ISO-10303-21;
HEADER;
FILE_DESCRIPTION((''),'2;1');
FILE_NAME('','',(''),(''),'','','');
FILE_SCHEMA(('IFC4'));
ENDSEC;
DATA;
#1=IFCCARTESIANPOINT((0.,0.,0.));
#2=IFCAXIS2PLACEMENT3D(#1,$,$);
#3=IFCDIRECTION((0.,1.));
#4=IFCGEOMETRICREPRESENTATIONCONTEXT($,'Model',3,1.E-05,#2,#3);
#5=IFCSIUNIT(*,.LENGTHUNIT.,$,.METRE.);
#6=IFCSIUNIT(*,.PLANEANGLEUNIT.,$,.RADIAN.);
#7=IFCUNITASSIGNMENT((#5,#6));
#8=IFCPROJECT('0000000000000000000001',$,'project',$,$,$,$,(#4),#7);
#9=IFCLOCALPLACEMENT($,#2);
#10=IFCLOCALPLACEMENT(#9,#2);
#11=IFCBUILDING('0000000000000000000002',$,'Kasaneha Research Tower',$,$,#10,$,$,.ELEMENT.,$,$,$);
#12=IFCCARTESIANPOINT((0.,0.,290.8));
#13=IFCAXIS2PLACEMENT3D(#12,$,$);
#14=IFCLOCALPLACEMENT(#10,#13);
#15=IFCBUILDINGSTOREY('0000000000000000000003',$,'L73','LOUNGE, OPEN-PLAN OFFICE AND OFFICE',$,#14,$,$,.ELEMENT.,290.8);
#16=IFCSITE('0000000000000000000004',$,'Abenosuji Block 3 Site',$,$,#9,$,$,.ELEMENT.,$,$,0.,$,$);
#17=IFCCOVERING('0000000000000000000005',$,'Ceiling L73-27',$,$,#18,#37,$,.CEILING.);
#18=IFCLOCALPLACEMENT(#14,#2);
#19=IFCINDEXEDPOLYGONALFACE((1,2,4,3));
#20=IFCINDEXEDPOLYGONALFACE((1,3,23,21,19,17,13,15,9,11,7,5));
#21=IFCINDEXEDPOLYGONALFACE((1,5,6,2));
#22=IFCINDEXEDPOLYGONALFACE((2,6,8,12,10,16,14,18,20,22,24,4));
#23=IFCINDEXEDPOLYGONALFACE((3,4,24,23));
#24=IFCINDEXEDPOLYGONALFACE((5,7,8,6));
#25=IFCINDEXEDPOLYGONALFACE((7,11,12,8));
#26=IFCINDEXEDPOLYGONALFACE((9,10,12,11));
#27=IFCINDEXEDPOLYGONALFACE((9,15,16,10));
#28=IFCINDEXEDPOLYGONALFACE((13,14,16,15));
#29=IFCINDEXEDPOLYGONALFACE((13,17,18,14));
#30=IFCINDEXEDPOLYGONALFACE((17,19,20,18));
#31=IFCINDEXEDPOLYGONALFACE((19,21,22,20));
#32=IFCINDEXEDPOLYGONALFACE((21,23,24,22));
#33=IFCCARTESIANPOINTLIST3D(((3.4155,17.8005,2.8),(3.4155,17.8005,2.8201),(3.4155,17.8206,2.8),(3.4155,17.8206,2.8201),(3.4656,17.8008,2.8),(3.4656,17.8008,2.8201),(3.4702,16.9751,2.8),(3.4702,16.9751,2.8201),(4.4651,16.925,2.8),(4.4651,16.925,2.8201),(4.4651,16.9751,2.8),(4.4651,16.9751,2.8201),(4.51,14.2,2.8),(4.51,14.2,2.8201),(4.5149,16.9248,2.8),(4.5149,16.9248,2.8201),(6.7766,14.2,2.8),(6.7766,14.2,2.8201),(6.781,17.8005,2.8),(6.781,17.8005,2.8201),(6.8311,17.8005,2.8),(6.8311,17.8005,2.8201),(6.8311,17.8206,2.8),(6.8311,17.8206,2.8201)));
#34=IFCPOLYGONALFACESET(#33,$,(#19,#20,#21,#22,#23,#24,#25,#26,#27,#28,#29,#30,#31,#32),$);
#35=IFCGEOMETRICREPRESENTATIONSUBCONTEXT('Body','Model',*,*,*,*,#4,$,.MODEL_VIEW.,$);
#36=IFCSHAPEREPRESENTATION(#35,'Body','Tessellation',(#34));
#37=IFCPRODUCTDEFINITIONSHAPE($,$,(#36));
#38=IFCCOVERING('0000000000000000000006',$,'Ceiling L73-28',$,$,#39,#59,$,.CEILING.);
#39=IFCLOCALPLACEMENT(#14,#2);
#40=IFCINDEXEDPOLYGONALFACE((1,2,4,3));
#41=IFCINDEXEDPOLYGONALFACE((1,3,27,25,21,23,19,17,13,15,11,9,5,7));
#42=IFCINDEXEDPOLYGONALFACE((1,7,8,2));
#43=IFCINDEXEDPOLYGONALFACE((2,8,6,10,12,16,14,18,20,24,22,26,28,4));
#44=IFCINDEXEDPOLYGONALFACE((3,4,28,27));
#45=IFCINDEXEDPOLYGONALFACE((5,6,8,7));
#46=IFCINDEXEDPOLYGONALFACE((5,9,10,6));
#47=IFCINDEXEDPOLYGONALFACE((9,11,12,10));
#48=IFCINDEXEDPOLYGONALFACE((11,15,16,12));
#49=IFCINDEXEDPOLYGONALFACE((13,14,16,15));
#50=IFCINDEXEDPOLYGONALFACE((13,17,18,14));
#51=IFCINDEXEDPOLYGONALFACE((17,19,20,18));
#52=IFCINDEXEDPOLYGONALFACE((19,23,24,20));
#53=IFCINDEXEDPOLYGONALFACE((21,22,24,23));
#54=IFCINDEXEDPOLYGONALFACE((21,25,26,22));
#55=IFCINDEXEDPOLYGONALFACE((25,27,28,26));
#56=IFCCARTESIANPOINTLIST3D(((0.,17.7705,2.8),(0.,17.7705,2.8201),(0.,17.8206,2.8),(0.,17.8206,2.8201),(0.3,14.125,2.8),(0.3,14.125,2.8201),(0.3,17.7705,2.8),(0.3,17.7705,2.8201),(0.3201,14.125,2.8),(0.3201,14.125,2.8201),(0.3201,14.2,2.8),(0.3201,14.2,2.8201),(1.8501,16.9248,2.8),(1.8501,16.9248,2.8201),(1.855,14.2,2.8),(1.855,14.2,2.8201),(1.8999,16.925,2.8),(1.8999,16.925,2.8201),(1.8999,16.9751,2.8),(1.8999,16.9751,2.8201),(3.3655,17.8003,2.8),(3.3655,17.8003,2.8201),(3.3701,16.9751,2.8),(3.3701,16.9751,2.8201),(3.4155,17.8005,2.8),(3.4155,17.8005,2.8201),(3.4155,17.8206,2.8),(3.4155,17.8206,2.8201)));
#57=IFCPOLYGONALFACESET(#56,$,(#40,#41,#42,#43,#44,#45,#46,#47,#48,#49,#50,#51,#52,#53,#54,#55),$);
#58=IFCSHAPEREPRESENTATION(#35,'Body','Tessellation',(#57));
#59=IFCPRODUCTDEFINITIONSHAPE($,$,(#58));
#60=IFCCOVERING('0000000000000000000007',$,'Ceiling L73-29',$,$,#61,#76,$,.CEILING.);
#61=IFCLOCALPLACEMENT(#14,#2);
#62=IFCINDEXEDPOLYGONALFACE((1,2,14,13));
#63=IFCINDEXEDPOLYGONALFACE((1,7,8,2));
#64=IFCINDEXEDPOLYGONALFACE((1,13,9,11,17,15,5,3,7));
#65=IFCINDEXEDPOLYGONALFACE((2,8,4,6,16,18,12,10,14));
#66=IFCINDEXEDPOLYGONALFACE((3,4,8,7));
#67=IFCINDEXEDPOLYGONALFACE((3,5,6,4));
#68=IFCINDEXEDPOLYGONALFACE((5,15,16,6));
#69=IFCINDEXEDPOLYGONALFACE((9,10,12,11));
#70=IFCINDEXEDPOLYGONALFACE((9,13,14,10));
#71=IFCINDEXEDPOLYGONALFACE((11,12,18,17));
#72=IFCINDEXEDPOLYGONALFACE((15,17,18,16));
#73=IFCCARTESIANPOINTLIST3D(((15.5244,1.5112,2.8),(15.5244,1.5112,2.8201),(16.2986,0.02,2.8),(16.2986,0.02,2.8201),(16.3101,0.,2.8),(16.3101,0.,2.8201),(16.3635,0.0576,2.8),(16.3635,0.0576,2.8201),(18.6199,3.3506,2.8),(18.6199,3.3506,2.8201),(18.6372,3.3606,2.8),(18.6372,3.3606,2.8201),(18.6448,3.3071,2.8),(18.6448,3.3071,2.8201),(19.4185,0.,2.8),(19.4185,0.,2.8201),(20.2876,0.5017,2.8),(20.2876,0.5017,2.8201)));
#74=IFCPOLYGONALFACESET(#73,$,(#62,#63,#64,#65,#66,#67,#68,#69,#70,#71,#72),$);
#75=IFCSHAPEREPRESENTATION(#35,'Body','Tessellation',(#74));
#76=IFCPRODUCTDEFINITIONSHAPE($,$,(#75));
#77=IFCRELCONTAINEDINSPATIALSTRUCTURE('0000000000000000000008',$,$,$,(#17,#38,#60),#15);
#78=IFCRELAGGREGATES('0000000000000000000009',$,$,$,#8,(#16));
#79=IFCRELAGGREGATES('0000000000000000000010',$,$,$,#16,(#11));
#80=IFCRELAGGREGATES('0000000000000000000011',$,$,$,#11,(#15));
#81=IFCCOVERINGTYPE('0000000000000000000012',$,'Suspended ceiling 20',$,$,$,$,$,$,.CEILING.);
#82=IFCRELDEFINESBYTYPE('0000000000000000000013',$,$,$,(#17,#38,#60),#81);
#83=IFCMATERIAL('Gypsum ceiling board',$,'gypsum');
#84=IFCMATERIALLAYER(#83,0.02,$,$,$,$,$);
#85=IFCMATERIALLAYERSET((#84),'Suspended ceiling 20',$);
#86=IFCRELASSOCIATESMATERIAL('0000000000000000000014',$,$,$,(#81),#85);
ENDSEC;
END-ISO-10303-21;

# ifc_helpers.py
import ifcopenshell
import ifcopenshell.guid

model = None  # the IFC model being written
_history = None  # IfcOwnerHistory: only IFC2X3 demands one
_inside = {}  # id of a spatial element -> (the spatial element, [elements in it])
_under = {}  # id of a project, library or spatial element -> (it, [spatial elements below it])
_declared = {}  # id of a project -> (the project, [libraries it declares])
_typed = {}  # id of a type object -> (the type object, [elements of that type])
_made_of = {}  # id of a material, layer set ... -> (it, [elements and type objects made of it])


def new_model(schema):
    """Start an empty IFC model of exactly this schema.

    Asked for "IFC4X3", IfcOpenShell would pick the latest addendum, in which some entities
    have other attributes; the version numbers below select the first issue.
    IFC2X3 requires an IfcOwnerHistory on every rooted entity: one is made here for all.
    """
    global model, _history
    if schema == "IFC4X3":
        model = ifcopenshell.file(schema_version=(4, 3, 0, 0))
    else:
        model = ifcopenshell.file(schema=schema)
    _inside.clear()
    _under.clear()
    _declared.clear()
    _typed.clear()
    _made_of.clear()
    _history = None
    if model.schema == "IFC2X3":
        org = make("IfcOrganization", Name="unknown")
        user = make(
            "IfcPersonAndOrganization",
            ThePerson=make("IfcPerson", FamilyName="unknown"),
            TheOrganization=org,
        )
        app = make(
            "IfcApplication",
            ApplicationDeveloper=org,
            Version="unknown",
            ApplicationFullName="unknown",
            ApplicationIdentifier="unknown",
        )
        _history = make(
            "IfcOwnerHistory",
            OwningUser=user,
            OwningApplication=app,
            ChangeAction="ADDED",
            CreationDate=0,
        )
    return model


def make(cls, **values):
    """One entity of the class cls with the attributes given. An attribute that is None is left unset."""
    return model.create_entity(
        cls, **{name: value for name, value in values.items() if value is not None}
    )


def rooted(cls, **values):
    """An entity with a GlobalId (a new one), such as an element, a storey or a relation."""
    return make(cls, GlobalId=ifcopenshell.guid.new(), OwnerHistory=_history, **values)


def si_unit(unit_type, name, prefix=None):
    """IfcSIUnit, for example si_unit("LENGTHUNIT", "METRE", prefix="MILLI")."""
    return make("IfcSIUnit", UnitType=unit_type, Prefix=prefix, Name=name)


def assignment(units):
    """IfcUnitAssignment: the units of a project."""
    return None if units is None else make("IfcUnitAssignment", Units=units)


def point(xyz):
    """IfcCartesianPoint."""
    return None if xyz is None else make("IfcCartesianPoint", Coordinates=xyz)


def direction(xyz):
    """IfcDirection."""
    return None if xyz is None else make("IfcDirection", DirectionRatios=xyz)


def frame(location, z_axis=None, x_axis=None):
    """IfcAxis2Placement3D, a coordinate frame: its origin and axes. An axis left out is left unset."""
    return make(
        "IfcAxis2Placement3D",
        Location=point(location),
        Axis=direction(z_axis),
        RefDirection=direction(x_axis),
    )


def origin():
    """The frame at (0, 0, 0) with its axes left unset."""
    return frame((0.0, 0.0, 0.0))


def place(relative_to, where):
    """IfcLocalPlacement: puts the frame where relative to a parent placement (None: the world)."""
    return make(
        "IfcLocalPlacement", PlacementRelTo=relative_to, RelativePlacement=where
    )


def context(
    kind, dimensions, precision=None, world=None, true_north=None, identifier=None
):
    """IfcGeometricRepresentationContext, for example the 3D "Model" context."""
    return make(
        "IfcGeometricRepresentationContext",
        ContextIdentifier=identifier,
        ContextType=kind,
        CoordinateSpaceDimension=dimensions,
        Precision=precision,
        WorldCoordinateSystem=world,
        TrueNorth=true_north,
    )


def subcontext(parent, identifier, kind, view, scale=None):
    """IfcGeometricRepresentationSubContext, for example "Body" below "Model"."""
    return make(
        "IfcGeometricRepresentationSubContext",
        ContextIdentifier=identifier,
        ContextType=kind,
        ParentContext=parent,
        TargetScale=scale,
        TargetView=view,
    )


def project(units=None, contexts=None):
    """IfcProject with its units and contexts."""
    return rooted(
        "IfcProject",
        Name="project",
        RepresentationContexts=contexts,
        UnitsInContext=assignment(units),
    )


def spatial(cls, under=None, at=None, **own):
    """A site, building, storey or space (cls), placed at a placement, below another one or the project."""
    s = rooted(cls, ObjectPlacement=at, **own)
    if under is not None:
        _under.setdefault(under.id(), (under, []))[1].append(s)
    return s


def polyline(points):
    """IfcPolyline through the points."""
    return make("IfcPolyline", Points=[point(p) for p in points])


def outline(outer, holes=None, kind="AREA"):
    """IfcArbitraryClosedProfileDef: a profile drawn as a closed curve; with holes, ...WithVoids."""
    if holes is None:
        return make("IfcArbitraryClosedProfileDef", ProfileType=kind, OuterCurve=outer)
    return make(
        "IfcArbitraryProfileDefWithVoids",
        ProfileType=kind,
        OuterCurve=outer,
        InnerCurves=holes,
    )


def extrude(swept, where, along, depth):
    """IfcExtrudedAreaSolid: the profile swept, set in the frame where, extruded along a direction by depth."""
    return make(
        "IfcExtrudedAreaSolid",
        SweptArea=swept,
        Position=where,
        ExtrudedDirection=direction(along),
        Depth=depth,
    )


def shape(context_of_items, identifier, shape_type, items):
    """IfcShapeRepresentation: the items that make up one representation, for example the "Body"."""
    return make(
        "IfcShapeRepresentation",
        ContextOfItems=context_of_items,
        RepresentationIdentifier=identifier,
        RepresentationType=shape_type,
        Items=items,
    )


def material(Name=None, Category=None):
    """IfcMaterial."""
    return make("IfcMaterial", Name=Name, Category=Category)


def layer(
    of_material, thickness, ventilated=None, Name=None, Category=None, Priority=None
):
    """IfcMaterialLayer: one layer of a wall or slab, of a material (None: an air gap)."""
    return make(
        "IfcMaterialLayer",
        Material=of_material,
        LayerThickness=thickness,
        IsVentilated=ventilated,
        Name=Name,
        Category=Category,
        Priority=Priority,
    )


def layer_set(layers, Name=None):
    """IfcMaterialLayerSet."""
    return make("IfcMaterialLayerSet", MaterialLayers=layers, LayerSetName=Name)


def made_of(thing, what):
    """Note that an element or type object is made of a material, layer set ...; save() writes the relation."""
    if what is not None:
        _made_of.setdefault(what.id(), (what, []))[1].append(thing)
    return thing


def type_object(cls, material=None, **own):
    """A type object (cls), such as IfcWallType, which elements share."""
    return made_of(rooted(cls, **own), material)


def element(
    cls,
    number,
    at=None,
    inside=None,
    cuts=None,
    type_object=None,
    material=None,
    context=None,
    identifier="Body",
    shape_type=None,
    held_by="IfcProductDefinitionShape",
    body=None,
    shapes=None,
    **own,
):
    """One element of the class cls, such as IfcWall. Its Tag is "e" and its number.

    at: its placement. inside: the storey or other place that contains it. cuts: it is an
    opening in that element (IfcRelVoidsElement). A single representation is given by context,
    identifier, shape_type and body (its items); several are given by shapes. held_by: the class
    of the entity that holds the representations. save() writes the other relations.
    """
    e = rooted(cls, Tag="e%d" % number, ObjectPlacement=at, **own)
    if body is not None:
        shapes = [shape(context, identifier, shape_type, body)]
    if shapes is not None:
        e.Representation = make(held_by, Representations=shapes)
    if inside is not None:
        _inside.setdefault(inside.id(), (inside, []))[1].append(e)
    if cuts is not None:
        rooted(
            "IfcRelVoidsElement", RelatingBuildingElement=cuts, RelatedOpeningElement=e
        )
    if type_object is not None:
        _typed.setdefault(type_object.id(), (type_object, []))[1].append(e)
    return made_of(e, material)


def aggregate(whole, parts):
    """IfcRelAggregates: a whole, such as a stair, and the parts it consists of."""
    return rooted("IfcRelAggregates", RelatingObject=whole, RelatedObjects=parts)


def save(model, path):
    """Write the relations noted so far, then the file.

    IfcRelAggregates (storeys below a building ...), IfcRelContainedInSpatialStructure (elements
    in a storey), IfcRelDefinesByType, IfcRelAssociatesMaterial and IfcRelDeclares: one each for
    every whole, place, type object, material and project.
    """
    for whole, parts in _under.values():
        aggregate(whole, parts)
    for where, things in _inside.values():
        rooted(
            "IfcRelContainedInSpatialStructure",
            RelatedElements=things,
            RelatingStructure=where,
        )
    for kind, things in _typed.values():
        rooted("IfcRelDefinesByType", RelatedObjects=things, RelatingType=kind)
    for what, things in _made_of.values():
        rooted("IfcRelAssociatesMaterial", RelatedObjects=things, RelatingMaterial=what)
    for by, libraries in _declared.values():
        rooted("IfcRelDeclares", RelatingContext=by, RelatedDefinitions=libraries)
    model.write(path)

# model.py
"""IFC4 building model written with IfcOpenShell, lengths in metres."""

from ifc_helpers import new_model, si_unit, direction, frame, origin, place, context, subcontext, project, spatial, polyline, outline, extrude, material, layer, layer_set, type_object, element, save


model = new_model("IFC4")

# Units and contexts
model_context = context("Model", 3, precision=1e-05, world=origin(), true_north=direction((0.0, 1.0)))
body_context = subcontext(model_context, "Body", "Model", "MODEL_VIEW")
ifc_project = project(units=[si_unit("LENGTHUNIT", "METRE"), si_unit("PLANEANGLEUNIT", "RADIAN")], contexts=[model_context])

# Site, building, storey
site_placement = place(None, origin())
site = spatial("IfcSite", under=ifc_project, at=site_placement, Name="Abenosuji Block 3 Site", CompositionType="ELEMENT", RefElevation=0.0)
building_placement = place(site_placement, origin())
building = spatial("IfcBuilding", under=site, at=building_placement, Name="Kasaneha Research Tower", CompositionType="ELEMENT")
storey_placement = place(building_placement, frame((0.0, 0.0, 290.8)))
storey = spatial("IfcBuildingStorey", under=building, at=storey_placement, Name="L73", Description="LOUNGE, OPEN-PLAN OFFICE AND OFFICE", CompositionType="ELEMENT", Elevation=290.8)

# Coverings
ifc_material_1 = material(Name="Gypsum ceiling board", Category="gypsum")
ifc_layer_1 = layer(ifc_material_1, 0.02)
ifc_layer_set_1 = layer_set([ifc_layer_1], Name="Suspended ceiling 20")
covering_type_1 = type_object("IfcCoveringType", Name="Suspended ceiling 20", PredefinedType="CEILING", material=ifc_layer_set_1)
covering_1_placement = place(storey_placement, frame((0.0, 0.0, 2.8)))
element("IfcCovering", 1, at=covering_1_placement, inside=storey, type_object=covering_type_1, Name="Ceiling L73-27", PredefinedType="CEILING", context=body_context, shape_type="SweptSolid", body=[
    extrude(outline(polyline([(6.8311, 17.8005), (6.781, 17.8005), (6.7766, 14.2), (4.51, 14.2), (4.5149, 16.9248), (4.4651, 16.925), (4.4651, 16.9751), (3.4702, 16.9751), (3.4656, 17.8008), (3.4155, 17.8005), (3.4155, 17.8206), (6.8311, 17.8206), (6.8311, 17.8005)])), origin(), (0.0, 0.0, 1.0), 0.02),
])
covering_2_placement = place(storey_placement, frame((0.0, 0.0, 2.8)))
element("IfcCovering", 2, at=covering_2_placement, inside=storey, type_object=covering_type_1, Name="Ceiling L73-28", PredefinedType="CEILING", context=body_context, shape_type="SweptSolid", body=[
    extrude(outline(polyline([(3.4155, 17.8206), (3.4155, 17.8005), (3.3655, 17.8003), (3.3701, 16.9751), (1.8999, 16.9751), (1.8999, 16.925), (1.8501, 16.9248), (1.855, 14.2), (0.3201, 14.2), (0.3201, 14.125), (0.3, 14.125), (0.3, 17.7705), (0.3, 17.7705), (0.0, 17.7705), (0.0, 17.8206), (3.4155, 17.8206)])), origin(), (0.0, 0.0, 1.0), 0.02),
])
covering_3_placement = place(storey_placement, frame((0.0, 0.0, 2.8)))
element("IfcCovering", 3, at=covering_3_placement, inside=storey, type_object=covering_type_1, Name="Ceiling L73-29", PredefinedType="CEILING", context=body_context, shape_type="SweptSolid", body=[
    extrude(outline(polyline([(20.2876, 0.5017), (19.4185, 0.0), (16.3101, 0.0), (16.2986, 0.02), (16.3635, 0.0576), (15.5244, 1.5112), (18.6448, 3.3071), (18.6199, 3.3506), (18.6372, 3.3606), (20.2876, 0.5017)])), origin(), (0.0, 0.0, 1.0), 0.02),
])

save(model, "model.ifc")
